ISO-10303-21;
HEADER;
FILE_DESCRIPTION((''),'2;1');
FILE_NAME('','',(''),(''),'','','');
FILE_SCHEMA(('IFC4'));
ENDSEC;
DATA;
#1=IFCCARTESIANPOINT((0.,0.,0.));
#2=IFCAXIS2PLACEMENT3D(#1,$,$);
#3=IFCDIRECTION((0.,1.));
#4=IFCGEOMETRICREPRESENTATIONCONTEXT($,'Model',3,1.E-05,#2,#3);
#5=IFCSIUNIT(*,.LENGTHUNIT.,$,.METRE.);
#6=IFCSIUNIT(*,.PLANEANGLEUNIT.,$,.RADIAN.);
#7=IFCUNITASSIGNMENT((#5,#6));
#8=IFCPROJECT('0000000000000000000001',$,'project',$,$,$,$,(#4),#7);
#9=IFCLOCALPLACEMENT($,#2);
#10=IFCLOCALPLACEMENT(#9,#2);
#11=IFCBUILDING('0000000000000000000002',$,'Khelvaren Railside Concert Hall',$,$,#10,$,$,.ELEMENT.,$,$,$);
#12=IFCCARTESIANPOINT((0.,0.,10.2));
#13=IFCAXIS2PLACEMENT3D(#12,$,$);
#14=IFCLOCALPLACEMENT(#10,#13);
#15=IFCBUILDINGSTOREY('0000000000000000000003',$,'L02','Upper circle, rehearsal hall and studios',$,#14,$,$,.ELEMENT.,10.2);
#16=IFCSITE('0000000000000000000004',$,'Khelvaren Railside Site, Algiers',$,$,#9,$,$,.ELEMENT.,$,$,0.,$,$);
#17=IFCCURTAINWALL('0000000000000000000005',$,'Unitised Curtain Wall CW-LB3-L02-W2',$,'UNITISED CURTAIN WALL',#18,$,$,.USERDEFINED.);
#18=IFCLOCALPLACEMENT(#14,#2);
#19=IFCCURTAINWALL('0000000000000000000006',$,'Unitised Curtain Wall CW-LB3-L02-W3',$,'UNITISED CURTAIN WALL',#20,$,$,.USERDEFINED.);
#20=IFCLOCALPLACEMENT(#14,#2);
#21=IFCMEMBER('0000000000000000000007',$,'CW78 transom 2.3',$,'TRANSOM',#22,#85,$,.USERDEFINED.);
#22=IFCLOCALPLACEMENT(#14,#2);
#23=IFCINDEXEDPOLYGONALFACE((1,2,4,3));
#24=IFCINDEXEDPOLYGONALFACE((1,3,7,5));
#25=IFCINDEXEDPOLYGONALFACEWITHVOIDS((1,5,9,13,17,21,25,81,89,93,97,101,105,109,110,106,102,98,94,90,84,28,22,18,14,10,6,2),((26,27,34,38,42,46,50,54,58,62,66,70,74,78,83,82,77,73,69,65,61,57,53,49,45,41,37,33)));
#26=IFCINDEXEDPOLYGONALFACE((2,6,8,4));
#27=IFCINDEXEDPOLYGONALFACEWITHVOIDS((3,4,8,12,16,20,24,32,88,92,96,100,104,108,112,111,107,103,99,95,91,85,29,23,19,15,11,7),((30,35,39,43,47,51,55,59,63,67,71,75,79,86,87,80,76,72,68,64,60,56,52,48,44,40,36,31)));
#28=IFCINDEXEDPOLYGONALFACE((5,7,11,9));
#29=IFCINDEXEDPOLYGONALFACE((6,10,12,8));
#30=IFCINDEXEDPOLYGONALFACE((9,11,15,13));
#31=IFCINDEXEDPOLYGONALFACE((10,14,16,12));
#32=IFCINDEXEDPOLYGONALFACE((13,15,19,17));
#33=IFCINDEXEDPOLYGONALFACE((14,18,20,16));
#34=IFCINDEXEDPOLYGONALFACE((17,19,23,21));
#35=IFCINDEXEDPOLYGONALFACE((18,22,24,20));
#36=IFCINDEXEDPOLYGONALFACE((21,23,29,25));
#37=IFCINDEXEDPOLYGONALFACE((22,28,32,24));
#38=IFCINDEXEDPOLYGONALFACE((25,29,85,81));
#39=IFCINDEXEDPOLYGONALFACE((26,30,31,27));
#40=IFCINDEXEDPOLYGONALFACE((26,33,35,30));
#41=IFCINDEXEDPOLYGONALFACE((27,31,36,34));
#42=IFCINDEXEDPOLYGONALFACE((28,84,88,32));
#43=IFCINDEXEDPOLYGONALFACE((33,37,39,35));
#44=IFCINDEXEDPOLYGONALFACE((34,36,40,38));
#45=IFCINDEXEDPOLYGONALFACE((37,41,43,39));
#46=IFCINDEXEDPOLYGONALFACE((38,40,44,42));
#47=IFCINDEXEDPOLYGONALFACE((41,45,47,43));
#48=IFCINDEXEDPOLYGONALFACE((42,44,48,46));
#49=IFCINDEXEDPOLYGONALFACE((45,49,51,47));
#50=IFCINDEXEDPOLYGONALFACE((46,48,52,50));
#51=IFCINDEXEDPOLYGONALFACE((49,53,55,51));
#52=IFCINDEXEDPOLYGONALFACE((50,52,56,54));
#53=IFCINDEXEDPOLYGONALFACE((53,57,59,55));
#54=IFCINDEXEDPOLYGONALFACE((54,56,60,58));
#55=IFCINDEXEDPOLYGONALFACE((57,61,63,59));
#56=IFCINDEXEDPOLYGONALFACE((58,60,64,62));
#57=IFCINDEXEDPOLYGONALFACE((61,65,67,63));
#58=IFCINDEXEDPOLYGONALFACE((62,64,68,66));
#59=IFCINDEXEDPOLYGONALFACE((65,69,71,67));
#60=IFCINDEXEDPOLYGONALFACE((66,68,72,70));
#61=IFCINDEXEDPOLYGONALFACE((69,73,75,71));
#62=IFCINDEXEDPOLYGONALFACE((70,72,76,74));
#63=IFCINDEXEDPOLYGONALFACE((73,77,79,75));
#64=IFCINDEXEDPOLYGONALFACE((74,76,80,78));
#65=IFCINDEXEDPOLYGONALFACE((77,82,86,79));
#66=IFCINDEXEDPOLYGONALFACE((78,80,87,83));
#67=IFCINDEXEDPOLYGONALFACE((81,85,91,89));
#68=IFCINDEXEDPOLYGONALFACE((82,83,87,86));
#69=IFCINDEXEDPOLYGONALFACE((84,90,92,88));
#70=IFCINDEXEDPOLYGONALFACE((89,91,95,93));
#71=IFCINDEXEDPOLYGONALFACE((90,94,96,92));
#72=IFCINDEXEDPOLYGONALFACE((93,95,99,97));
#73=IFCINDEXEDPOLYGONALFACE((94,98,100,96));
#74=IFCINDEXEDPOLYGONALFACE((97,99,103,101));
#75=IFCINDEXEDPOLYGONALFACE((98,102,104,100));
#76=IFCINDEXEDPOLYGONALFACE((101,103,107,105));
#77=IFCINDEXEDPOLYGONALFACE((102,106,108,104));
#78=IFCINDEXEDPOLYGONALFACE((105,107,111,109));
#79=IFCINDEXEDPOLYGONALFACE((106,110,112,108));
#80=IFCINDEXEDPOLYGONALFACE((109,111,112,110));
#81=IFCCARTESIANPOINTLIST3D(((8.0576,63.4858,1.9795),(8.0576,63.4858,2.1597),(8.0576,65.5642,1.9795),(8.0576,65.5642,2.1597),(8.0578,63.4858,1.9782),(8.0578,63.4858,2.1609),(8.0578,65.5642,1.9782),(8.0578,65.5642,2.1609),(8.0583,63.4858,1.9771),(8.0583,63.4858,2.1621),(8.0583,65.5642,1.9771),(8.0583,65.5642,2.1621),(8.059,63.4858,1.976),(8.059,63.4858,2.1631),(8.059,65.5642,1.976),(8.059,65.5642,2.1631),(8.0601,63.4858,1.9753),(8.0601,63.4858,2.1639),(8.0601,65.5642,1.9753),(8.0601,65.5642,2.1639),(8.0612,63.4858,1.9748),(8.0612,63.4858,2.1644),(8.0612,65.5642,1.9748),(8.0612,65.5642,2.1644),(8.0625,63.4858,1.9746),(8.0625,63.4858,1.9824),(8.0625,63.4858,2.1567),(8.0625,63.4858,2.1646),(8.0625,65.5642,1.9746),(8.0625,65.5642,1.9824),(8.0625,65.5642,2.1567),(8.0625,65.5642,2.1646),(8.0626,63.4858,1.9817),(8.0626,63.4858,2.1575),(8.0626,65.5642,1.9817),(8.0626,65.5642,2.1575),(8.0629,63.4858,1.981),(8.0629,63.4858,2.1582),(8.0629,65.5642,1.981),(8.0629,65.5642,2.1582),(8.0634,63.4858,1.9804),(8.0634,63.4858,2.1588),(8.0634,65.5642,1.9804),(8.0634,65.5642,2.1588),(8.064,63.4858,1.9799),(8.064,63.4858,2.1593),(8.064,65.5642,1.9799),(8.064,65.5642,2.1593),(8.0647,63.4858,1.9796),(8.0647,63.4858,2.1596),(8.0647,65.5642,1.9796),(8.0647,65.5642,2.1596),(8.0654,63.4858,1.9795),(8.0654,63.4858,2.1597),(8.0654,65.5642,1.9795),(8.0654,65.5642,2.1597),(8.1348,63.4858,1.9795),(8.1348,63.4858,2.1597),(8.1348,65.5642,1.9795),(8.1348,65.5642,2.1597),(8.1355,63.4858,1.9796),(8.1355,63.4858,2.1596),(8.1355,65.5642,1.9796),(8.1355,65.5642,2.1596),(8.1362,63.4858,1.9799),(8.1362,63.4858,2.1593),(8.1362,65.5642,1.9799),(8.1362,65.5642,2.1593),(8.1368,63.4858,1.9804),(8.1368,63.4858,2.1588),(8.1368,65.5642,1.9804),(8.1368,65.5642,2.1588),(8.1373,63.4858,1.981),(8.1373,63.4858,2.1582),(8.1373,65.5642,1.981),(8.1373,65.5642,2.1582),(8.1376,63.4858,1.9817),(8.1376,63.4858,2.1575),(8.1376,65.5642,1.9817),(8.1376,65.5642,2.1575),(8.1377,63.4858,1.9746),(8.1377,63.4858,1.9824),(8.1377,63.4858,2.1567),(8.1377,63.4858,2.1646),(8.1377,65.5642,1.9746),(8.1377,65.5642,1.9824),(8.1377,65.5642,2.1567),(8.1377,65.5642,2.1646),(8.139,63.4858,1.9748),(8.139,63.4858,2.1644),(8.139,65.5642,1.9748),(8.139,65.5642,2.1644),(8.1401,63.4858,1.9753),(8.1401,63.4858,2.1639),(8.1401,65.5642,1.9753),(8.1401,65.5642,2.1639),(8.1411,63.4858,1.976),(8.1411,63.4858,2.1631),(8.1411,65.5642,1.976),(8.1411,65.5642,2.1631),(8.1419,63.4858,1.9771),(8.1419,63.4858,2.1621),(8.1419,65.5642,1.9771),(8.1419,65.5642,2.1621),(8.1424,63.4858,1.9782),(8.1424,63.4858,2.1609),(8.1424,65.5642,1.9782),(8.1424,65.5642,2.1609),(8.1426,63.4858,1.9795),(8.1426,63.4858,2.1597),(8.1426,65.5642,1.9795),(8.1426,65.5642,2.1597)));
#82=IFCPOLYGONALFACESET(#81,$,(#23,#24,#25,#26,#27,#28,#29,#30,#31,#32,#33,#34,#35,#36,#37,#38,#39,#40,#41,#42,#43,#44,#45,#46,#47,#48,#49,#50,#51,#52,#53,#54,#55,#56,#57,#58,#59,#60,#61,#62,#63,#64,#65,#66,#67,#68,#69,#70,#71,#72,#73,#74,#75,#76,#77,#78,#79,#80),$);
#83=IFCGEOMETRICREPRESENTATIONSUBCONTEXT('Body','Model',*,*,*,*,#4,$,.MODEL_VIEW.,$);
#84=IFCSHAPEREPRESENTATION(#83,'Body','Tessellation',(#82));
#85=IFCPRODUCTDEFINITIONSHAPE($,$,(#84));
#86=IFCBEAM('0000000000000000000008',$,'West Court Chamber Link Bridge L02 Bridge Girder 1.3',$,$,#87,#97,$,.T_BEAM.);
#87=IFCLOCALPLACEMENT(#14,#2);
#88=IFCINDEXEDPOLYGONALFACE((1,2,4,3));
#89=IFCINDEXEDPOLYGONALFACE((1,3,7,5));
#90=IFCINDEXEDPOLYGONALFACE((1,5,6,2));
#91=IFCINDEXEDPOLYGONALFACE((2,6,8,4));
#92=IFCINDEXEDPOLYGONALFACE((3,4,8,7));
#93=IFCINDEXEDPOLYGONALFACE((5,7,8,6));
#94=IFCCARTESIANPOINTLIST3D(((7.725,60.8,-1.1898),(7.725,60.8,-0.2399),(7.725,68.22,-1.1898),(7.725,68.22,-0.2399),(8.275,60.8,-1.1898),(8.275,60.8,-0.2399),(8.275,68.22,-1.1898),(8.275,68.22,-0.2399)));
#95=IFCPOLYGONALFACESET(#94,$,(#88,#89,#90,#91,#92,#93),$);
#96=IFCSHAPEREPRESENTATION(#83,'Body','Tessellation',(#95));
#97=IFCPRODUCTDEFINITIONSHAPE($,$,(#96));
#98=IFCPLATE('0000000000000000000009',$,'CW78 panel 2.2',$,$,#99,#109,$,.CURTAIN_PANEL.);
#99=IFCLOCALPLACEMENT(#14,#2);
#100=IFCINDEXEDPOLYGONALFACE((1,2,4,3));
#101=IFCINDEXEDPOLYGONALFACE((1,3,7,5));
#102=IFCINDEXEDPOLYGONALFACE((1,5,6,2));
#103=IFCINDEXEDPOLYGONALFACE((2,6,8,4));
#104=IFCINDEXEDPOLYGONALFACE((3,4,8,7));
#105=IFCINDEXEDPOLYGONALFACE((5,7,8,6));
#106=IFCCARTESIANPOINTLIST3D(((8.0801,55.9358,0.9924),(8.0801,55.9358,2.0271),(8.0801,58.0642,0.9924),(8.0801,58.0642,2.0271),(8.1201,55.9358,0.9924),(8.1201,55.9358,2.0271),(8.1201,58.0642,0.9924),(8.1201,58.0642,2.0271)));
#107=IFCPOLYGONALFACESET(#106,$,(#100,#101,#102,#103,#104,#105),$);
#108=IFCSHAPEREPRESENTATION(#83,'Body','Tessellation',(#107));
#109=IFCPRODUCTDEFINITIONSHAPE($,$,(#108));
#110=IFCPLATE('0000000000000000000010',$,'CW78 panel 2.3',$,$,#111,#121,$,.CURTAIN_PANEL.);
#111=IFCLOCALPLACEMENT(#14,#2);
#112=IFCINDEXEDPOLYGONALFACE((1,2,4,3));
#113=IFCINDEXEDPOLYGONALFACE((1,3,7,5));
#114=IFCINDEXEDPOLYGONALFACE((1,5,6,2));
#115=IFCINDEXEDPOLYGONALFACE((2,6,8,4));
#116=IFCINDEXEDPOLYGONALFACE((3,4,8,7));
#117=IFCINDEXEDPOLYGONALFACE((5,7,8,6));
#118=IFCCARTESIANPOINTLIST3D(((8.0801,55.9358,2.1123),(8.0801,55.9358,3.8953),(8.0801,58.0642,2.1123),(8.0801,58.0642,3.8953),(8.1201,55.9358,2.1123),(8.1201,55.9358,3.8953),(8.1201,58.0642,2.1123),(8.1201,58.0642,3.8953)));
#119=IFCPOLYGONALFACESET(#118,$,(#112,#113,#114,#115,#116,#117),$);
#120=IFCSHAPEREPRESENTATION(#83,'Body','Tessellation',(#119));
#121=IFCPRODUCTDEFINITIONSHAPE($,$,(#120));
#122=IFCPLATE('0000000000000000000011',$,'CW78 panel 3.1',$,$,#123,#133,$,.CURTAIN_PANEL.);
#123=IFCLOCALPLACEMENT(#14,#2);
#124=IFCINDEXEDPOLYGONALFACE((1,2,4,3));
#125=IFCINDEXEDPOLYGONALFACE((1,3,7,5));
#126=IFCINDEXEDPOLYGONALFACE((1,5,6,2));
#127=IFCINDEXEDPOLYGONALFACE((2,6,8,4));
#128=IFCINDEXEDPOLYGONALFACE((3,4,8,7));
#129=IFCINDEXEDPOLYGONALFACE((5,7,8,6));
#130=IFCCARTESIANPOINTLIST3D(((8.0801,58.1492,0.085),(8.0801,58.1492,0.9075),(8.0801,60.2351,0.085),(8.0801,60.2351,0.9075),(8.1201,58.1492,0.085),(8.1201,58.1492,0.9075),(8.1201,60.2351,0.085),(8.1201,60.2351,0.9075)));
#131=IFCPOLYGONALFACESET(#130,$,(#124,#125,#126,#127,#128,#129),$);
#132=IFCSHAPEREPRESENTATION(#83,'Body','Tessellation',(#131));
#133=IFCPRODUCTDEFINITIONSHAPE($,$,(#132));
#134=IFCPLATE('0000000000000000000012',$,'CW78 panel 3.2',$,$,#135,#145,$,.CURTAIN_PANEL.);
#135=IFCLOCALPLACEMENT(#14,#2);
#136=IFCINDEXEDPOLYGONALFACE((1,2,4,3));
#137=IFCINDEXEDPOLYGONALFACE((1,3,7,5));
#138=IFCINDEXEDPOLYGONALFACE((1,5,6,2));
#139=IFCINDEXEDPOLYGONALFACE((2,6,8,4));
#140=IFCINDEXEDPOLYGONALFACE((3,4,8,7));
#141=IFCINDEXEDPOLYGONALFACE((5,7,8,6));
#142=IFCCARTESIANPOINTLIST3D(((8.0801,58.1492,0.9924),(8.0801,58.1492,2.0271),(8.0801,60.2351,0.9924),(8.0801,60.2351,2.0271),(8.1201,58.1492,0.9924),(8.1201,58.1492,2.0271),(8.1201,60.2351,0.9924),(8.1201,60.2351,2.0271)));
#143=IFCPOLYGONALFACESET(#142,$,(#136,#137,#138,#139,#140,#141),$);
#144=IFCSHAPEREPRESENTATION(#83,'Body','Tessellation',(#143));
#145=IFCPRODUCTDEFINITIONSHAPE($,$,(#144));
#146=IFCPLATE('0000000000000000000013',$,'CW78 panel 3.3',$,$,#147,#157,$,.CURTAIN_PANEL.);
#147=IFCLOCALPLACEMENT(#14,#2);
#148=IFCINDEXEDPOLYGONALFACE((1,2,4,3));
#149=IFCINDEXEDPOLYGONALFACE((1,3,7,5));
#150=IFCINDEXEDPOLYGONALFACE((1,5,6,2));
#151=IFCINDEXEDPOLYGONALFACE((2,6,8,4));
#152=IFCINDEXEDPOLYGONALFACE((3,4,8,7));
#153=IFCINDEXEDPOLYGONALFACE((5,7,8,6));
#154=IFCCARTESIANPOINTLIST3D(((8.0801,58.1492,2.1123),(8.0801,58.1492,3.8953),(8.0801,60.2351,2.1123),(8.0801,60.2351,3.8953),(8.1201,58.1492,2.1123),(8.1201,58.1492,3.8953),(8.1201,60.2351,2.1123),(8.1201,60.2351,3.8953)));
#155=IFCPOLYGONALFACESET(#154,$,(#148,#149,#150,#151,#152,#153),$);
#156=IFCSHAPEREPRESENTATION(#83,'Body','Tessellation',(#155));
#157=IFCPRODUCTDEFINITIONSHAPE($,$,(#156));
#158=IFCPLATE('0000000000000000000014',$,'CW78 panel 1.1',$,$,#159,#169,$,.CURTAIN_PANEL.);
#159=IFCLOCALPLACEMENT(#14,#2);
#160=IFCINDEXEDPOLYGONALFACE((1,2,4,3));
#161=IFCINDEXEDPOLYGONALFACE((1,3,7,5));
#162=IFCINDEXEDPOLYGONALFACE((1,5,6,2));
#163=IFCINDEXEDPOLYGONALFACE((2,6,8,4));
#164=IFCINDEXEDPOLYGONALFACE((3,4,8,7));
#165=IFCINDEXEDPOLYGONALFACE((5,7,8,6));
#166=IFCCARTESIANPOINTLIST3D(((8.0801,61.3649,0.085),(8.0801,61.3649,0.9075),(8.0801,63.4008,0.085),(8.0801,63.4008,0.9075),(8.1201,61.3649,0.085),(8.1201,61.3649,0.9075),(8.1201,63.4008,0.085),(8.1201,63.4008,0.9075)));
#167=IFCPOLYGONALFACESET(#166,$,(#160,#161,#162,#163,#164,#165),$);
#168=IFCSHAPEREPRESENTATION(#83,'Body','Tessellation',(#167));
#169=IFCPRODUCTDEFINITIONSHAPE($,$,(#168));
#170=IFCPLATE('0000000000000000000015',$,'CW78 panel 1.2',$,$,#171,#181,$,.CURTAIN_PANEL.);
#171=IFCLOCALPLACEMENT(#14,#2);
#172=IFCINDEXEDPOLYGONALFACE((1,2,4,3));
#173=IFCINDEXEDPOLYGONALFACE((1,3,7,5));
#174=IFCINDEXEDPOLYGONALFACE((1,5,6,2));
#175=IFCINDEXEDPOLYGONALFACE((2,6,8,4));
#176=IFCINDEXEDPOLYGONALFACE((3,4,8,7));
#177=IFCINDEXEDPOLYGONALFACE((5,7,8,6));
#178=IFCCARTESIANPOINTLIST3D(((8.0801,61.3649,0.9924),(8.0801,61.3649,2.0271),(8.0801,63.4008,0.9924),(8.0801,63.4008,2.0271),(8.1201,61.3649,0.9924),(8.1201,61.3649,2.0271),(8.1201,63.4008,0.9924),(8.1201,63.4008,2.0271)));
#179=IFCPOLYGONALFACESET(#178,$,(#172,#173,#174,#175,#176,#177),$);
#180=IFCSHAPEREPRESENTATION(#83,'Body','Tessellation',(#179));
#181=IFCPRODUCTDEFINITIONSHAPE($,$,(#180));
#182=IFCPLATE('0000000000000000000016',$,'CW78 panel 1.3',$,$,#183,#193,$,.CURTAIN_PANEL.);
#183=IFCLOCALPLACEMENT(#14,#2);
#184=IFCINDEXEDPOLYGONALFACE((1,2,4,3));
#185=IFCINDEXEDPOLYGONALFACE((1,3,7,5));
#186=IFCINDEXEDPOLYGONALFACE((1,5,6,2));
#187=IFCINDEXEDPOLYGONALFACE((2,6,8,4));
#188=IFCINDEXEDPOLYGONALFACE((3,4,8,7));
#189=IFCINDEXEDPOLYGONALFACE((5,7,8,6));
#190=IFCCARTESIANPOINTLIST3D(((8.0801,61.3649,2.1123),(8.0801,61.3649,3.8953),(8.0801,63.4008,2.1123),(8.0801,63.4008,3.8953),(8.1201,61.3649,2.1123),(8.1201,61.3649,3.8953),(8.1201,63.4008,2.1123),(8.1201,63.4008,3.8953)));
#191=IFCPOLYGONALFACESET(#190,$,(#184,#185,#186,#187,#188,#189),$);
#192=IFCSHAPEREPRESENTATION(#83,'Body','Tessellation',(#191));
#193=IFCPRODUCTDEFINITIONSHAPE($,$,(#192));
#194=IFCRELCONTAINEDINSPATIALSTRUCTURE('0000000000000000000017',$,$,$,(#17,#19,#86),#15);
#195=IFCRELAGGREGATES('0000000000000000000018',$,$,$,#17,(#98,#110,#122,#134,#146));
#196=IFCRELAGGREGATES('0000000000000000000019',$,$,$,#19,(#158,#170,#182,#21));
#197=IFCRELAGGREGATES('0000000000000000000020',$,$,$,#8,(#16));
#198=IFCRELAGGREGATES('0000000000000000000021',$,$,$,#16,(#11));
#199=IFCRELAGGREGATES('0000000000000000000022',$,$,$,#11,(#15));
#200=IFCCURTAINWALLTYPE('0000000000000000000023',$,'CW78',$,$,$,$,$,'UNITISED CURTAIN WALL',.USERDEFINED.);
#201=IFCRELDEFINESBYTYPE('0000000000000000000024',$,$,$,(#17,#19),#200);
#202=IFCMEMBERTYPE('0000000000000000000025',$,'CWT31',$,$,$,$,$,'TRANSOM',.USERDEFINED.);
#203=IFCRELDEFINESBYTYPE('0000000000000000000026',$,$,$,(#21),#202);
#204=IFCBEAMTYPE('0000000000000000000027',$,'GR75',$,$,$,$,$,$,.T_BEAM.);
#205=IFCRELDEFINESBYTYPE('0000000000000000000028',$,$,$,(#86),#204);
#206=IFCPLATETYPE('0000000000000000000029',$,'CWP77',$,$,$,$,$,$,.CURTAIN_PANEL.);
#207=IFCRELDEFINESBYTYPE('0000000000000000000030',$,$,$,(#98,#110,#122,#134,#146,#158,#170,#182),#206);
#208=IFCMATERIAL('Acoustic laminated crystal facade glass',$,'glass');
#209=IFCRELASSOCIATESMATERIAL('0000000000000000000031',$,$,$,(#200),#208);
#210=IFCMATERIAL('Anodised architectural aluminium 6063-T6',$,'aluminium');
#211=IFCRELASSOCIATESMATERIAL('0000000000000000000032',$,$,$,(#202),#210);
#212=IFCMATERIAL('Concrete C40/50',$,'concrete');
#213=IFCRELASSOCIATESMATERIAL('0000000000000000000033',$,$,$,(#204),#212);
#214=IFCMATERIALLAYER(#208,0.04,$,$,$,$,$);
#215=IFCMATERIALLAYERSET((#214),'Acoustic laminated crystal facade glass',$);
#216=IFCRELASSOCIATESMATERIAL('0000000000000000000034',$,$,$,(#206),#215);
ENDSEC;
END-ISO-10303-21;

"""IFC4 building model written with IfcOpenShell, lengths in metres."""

from ifc_helpers import new_model, si_unit, direction, frame, origin, origin_2d, place, context, subcontext, project, spatial, rectangle, hollow_rectangle, extrude, material, layer, layer_set, material_profile, profile_set, type_object, element, aggregate, save


model = new_model("IFC4")

# Units and contexts
model_context = context("Model", 3, precision=1e-05, world=origin(), true_north=direction((0.0, 1.0)))
body_context = subcontext(model_context, "Body", "Model", "MODEL_VIEW")
ifc_project = project(units=[si_unit("LENGTHUNIT", "METRE"), si_unit("PLANEANGLEUNIT", "RADIAN")], contexts=[model_context])

# Site, building, storey
site_placement = place(None, origin())
site = spatial("IfcSite", under=ifc_project, at=site_placement, Name="Khelvaren Railside Site, Algiers", CompositionType="ELEMENT", RefElevation=0.0)
building_placement = place(site_placement, origin())
building = spatial("IfcBuilding", under=site, at=building_placement, Name="Khelvaren Railside Concert Hall", CompositionType="ELEMENT")
storey_placement = place(building_placement, frame((0.0, 0.0, 10.2)))
storey = spatial("IfcBuildingStorey", under=building, at=storey_placement, Name="L02", Description="Upper circle, rehearsal hall and studios", CompositionType="ELEMENT", Elevation=10.2)

# Curtain walls
ifc_material_1 = material(Name="Acoustic laminated crystal facade glass", Category="glass")
curtain_wall_type = type_object("IfcCurtainWallType", Name="CW78", ElementType="UNITISED CURTAIN WALL", PredefinedType="USERDEFINED", material=ifc_material_1)
curtain_wall_1_placement = place(storey_placement, origin())
curtain_wall_1 = element("IfcCurtainWall", 1, at=curtain_wall_1_placement, inside=storey, type_object=curtain_wall_type, Name="Unitised Curtain Wall CW-LB3-L02-W2", ObjectType="UNITISED CURTAIN WALL", PredefinedType="USERDEFINED")
ifc_material_2 = material(Name="Anodised architectural aluminium 6063-T6", Category="aluminium")
curtain_wall_2_placement = place(storey_placement, origin())
curtain_wall_2 = element("IfcCurtainWall", 2, at=curtain_wall_2_placement, inside=storey, type_object=curtain_wall_type, Name="Unitised Curtain Wall CW-LB3-L02-W3", ObjectType="UNITISED CURTAIN WALL", PredefinedType="USERDEFINED")

# Member
ifc_material_profile_1 = material_profile(ifc_material_2, hollow_rectangle(XDim=0.085, YDim=0.1899, WallThickness=0.0049, InnerFilletRadius=0.0029, OuterFilletRadius=0.0049, at=origin_2d()), Name="CWT 85x190x5")
ifc_profile_set_1 = profile_set([ifc_material_profile_1], Name="Anodised architectural aluminium 6063-T6")
member_type_1 = type_object("IfcMemberType", Name="CWT31", ElementType="TRANSOM", PredefinedType="USERDEFINED", material=ifc_profile_set_1)
member_1_placement = place(storey_placement, frame((8.1001, 63.4858, 2.0696), z_axis=(0.0, 1.0, 0.0), x_axis=(-1.0, 0.0, 0.0)))
member_1 = element("IfcMember", 3, at=member_1_placement, type_object=member_type_1, Name="CW78 transom 2.3", ObjectType="TRANSOM", PredefinedType="USERDEFINED", context=body_context, shape_type="SweptSolid", body=[
    extrude(hollow_rectangle(XDim=0.085, YDim=0.1899, WallThickness=0.0049, InnerFilletRadius=0.0029, OuterFilletRadius=0.0049, at=origin_2d()), origin(), (0.0, 0.0, 1.0), 2.0784),
])

# Beam
ifc_material_3 = material(Name="Concrete C40/50", Category="concrete")
ifc_material_profile_2 = material_profile(ifc_material_3, rectangle(XDim=0.55, YDim=0.95, at=origin_2d()), Name="RCB 550x950")
ifc_profile_set_2 = profile_set([ifc_material_profile_2], Name="Concrete C40/50")
beam_type = type_object("IfcBeamType", Name="GR75", PredefinedType="T_BEAM", material=ifc_profile_set_2)
beam_placement = place(storey_placement, frame((8.0, 60.8, -0.7148), z_axis=(0.0, 1.0, 0.0), x_axis=(-1.0, 0.0, 0.0)))
element("IfcBeam", 4, at=beam_placement, inside=storey, type_object=beam_type, Name="West Court Chamber Link Bridge L02 Bridge Girder 1.3", PredefinedType="T_BEAM", context=body_context, shape_type="SweptSolid", body=[
    extrude(rectangle(XDim=0.55, YDim=0.95, at=origin_2d()), origin(), (0.0, 0.0, 1.0), 7.4199),
])

# Plates
ifc_layer = layer(ifc_material_1, 0.04)
ifc_layer_set = layer_set([ifc_layer], Name="Acoustic laminated crystal facade glass")
plate_type = type_object("IfcPlateType", Name="CWP77", PredefinedType="CURTAIN_PANEL", material=ifc_layer_set)
plate_1_placement = place(storey_placement, frame((8.1001, 57.0, 0.9924), z_axis=(0.0, 0.0, 1.0), x_axis=(0.0, 1.0, 0.0)))
plate_1 = element("IfcPlate", 5, at=plate_1_placement, type_object=plate_type, Name="CW78 panel 2.2", PredefinedType="CURTAIN_PANEL", context=body_context, shape_type="SweptSolid", body=[
    extrude(rectangle(XDim=2.1284, YDim=0.04, at=origin_2d()), origin(), (0.0, 0.0, 1.0), 1.0347),
])
plate_2_placement = place(storey_placement, frame((8.1001, 57.0, 2.1123), z_axis=(0.0, 0.0, 1.0), x_axis=(0.0, 1.0, 0.0)))
plate_2 = element("IfcPlate", 6, at=plate_2_placement, type_object=plate_type, Name="CW78 panel 2.3", PredefinedType="CURTAIN_PANEL", context=body_context, shape_type="SweptSolid", body=[
    extrude(rectangle(XDim=2.1284, YDim=0.04, at=origin_2d()), origin(), (0.0, 0.0, 1.0), 1.783),
])
plate_3_placement = place(storey_placement, frame((8.1001, 59.1921, 0.085), z_axis=(0.0, 0.0, 1.0), x_axis=(0.0, 1.0, 0.0)))
plate_3 = element("IfcPlate", 7, at=plate_3_placement, type_object=plate_type, Name="CW78 panel 3.1", PredefinedType="CURTAIN_PANEL", context=body_context, shape_type="SweptSolid", body=[
    extrude(rectangle(XDim=2.0859, YDim=0.04, at=origin_2d()), origin(), (0.0, 0.0, 1.0), 0.8225),
])
plate_4_placement = place(storey_placement, frame((8.1001, 59.1921, 0.9924), z_axis=(0.0, 0.0, 1.0), x_axis=(0.0, 1.0, 0.0)))
plate_4 = element("IfcPlate", 8, at=plate_4_placement, type_object=plate_type, Name="CW78 panel 3.2", PredefinedType="CURTAIN_PANEL", context=body_context, shape_type="SweptSolid", body=[
    extrude(rectangle(XDim=2.0859, YDim=0.04, at=origin_2d()), origin(), (0.0, 0.0, 1.0), 1.0347),
])
plate_5_placement = place(storey_placement, frame((8.1001, 59.1921, 2.1123), z_axis=(0.0, 0.0, 1.0), x_axis=(0.0, 1.0, 0.0)))
plate_5 = element("IfcPlate", 9, at=plate_5_placement, type_object=plate_type, Name="CW78 panel 3.3", PredefinedType="CURTAIN_PANEL", context=body_context, shape_type="SweptSolid", body=[
    extrude(rectangle(XDim=2.0859, YDim=0.04, at=origin_2d()), origin(), (0.0, 0.0, 1.0), 1.783),
])
aggregate(curtain_wall_1, [plate_1, plate_2, plate_3, plate_4, plate_5])
plate_6_placement = place(storey_placement, frame((8.1001, 62.3828, 0.085), z_axis=(0.0, 0.0, 1.0), x_axis=(0.0, 1.0, 0.0)))
plate_6 = element("IfcPlate", 10, at=plate_6_placement, type_object=plate_type, Name="CW78 panel 1.1", PredefinedType="CURTAIN_PANEL", context=body_context, shape_type="SweptSolid", body=[
    extrude(rectangle(XDim=2.0359, YDim=0.04, at=origin_2d()), origin(), (0.0, 0.0, 1.0), 0.8225),
])
plate_7_placement = place(storey_placement, frame((8.1001, 62.3828, 0.9924), z_axis=(0.0, 0.0, 1.0), x_axis=(0.0, 1.0, 0.0)))
plate_7 = element("IfcPlate", 11, at=plate_7_placement, type_object=plate_type, Name="CW78 panel 1.2", PredefinedType="CURTAIN_PANEL", context=body_context, shape_type="SweptSolid", body=[
    extrude(rectangle(XDim=2.0359, YDim=0.04, at=origin_2d()), origin(), (0.0, 0.0, 1.0), 1.0347),
])
plate_8_placement = place(storey_placement, frame((8.1001, 62.3828, 2.1123), z_axis=(0.0, 0.0, 1.0), x_axis=(0.0, 1.0, 0.0)))
plate_8 = element("IfcPlate", 12, at=plate_8_placement, type_object=plate_type, Name="CW78 panel 1.3", PredefinedType="CURTAIN_PANEL", context=body_context, shape_type="SweptSolid", body=[
    extrude(rectangle(XDim=2.0359, YDim=0.04, at=origin_2d()), origin(), (0.0, 0.0, 1.0), 1.783),
])
aggregate(curtain_wall_2, [plate_6, plate_7, plate_8, member_1])

save(model, "model.ifc")
